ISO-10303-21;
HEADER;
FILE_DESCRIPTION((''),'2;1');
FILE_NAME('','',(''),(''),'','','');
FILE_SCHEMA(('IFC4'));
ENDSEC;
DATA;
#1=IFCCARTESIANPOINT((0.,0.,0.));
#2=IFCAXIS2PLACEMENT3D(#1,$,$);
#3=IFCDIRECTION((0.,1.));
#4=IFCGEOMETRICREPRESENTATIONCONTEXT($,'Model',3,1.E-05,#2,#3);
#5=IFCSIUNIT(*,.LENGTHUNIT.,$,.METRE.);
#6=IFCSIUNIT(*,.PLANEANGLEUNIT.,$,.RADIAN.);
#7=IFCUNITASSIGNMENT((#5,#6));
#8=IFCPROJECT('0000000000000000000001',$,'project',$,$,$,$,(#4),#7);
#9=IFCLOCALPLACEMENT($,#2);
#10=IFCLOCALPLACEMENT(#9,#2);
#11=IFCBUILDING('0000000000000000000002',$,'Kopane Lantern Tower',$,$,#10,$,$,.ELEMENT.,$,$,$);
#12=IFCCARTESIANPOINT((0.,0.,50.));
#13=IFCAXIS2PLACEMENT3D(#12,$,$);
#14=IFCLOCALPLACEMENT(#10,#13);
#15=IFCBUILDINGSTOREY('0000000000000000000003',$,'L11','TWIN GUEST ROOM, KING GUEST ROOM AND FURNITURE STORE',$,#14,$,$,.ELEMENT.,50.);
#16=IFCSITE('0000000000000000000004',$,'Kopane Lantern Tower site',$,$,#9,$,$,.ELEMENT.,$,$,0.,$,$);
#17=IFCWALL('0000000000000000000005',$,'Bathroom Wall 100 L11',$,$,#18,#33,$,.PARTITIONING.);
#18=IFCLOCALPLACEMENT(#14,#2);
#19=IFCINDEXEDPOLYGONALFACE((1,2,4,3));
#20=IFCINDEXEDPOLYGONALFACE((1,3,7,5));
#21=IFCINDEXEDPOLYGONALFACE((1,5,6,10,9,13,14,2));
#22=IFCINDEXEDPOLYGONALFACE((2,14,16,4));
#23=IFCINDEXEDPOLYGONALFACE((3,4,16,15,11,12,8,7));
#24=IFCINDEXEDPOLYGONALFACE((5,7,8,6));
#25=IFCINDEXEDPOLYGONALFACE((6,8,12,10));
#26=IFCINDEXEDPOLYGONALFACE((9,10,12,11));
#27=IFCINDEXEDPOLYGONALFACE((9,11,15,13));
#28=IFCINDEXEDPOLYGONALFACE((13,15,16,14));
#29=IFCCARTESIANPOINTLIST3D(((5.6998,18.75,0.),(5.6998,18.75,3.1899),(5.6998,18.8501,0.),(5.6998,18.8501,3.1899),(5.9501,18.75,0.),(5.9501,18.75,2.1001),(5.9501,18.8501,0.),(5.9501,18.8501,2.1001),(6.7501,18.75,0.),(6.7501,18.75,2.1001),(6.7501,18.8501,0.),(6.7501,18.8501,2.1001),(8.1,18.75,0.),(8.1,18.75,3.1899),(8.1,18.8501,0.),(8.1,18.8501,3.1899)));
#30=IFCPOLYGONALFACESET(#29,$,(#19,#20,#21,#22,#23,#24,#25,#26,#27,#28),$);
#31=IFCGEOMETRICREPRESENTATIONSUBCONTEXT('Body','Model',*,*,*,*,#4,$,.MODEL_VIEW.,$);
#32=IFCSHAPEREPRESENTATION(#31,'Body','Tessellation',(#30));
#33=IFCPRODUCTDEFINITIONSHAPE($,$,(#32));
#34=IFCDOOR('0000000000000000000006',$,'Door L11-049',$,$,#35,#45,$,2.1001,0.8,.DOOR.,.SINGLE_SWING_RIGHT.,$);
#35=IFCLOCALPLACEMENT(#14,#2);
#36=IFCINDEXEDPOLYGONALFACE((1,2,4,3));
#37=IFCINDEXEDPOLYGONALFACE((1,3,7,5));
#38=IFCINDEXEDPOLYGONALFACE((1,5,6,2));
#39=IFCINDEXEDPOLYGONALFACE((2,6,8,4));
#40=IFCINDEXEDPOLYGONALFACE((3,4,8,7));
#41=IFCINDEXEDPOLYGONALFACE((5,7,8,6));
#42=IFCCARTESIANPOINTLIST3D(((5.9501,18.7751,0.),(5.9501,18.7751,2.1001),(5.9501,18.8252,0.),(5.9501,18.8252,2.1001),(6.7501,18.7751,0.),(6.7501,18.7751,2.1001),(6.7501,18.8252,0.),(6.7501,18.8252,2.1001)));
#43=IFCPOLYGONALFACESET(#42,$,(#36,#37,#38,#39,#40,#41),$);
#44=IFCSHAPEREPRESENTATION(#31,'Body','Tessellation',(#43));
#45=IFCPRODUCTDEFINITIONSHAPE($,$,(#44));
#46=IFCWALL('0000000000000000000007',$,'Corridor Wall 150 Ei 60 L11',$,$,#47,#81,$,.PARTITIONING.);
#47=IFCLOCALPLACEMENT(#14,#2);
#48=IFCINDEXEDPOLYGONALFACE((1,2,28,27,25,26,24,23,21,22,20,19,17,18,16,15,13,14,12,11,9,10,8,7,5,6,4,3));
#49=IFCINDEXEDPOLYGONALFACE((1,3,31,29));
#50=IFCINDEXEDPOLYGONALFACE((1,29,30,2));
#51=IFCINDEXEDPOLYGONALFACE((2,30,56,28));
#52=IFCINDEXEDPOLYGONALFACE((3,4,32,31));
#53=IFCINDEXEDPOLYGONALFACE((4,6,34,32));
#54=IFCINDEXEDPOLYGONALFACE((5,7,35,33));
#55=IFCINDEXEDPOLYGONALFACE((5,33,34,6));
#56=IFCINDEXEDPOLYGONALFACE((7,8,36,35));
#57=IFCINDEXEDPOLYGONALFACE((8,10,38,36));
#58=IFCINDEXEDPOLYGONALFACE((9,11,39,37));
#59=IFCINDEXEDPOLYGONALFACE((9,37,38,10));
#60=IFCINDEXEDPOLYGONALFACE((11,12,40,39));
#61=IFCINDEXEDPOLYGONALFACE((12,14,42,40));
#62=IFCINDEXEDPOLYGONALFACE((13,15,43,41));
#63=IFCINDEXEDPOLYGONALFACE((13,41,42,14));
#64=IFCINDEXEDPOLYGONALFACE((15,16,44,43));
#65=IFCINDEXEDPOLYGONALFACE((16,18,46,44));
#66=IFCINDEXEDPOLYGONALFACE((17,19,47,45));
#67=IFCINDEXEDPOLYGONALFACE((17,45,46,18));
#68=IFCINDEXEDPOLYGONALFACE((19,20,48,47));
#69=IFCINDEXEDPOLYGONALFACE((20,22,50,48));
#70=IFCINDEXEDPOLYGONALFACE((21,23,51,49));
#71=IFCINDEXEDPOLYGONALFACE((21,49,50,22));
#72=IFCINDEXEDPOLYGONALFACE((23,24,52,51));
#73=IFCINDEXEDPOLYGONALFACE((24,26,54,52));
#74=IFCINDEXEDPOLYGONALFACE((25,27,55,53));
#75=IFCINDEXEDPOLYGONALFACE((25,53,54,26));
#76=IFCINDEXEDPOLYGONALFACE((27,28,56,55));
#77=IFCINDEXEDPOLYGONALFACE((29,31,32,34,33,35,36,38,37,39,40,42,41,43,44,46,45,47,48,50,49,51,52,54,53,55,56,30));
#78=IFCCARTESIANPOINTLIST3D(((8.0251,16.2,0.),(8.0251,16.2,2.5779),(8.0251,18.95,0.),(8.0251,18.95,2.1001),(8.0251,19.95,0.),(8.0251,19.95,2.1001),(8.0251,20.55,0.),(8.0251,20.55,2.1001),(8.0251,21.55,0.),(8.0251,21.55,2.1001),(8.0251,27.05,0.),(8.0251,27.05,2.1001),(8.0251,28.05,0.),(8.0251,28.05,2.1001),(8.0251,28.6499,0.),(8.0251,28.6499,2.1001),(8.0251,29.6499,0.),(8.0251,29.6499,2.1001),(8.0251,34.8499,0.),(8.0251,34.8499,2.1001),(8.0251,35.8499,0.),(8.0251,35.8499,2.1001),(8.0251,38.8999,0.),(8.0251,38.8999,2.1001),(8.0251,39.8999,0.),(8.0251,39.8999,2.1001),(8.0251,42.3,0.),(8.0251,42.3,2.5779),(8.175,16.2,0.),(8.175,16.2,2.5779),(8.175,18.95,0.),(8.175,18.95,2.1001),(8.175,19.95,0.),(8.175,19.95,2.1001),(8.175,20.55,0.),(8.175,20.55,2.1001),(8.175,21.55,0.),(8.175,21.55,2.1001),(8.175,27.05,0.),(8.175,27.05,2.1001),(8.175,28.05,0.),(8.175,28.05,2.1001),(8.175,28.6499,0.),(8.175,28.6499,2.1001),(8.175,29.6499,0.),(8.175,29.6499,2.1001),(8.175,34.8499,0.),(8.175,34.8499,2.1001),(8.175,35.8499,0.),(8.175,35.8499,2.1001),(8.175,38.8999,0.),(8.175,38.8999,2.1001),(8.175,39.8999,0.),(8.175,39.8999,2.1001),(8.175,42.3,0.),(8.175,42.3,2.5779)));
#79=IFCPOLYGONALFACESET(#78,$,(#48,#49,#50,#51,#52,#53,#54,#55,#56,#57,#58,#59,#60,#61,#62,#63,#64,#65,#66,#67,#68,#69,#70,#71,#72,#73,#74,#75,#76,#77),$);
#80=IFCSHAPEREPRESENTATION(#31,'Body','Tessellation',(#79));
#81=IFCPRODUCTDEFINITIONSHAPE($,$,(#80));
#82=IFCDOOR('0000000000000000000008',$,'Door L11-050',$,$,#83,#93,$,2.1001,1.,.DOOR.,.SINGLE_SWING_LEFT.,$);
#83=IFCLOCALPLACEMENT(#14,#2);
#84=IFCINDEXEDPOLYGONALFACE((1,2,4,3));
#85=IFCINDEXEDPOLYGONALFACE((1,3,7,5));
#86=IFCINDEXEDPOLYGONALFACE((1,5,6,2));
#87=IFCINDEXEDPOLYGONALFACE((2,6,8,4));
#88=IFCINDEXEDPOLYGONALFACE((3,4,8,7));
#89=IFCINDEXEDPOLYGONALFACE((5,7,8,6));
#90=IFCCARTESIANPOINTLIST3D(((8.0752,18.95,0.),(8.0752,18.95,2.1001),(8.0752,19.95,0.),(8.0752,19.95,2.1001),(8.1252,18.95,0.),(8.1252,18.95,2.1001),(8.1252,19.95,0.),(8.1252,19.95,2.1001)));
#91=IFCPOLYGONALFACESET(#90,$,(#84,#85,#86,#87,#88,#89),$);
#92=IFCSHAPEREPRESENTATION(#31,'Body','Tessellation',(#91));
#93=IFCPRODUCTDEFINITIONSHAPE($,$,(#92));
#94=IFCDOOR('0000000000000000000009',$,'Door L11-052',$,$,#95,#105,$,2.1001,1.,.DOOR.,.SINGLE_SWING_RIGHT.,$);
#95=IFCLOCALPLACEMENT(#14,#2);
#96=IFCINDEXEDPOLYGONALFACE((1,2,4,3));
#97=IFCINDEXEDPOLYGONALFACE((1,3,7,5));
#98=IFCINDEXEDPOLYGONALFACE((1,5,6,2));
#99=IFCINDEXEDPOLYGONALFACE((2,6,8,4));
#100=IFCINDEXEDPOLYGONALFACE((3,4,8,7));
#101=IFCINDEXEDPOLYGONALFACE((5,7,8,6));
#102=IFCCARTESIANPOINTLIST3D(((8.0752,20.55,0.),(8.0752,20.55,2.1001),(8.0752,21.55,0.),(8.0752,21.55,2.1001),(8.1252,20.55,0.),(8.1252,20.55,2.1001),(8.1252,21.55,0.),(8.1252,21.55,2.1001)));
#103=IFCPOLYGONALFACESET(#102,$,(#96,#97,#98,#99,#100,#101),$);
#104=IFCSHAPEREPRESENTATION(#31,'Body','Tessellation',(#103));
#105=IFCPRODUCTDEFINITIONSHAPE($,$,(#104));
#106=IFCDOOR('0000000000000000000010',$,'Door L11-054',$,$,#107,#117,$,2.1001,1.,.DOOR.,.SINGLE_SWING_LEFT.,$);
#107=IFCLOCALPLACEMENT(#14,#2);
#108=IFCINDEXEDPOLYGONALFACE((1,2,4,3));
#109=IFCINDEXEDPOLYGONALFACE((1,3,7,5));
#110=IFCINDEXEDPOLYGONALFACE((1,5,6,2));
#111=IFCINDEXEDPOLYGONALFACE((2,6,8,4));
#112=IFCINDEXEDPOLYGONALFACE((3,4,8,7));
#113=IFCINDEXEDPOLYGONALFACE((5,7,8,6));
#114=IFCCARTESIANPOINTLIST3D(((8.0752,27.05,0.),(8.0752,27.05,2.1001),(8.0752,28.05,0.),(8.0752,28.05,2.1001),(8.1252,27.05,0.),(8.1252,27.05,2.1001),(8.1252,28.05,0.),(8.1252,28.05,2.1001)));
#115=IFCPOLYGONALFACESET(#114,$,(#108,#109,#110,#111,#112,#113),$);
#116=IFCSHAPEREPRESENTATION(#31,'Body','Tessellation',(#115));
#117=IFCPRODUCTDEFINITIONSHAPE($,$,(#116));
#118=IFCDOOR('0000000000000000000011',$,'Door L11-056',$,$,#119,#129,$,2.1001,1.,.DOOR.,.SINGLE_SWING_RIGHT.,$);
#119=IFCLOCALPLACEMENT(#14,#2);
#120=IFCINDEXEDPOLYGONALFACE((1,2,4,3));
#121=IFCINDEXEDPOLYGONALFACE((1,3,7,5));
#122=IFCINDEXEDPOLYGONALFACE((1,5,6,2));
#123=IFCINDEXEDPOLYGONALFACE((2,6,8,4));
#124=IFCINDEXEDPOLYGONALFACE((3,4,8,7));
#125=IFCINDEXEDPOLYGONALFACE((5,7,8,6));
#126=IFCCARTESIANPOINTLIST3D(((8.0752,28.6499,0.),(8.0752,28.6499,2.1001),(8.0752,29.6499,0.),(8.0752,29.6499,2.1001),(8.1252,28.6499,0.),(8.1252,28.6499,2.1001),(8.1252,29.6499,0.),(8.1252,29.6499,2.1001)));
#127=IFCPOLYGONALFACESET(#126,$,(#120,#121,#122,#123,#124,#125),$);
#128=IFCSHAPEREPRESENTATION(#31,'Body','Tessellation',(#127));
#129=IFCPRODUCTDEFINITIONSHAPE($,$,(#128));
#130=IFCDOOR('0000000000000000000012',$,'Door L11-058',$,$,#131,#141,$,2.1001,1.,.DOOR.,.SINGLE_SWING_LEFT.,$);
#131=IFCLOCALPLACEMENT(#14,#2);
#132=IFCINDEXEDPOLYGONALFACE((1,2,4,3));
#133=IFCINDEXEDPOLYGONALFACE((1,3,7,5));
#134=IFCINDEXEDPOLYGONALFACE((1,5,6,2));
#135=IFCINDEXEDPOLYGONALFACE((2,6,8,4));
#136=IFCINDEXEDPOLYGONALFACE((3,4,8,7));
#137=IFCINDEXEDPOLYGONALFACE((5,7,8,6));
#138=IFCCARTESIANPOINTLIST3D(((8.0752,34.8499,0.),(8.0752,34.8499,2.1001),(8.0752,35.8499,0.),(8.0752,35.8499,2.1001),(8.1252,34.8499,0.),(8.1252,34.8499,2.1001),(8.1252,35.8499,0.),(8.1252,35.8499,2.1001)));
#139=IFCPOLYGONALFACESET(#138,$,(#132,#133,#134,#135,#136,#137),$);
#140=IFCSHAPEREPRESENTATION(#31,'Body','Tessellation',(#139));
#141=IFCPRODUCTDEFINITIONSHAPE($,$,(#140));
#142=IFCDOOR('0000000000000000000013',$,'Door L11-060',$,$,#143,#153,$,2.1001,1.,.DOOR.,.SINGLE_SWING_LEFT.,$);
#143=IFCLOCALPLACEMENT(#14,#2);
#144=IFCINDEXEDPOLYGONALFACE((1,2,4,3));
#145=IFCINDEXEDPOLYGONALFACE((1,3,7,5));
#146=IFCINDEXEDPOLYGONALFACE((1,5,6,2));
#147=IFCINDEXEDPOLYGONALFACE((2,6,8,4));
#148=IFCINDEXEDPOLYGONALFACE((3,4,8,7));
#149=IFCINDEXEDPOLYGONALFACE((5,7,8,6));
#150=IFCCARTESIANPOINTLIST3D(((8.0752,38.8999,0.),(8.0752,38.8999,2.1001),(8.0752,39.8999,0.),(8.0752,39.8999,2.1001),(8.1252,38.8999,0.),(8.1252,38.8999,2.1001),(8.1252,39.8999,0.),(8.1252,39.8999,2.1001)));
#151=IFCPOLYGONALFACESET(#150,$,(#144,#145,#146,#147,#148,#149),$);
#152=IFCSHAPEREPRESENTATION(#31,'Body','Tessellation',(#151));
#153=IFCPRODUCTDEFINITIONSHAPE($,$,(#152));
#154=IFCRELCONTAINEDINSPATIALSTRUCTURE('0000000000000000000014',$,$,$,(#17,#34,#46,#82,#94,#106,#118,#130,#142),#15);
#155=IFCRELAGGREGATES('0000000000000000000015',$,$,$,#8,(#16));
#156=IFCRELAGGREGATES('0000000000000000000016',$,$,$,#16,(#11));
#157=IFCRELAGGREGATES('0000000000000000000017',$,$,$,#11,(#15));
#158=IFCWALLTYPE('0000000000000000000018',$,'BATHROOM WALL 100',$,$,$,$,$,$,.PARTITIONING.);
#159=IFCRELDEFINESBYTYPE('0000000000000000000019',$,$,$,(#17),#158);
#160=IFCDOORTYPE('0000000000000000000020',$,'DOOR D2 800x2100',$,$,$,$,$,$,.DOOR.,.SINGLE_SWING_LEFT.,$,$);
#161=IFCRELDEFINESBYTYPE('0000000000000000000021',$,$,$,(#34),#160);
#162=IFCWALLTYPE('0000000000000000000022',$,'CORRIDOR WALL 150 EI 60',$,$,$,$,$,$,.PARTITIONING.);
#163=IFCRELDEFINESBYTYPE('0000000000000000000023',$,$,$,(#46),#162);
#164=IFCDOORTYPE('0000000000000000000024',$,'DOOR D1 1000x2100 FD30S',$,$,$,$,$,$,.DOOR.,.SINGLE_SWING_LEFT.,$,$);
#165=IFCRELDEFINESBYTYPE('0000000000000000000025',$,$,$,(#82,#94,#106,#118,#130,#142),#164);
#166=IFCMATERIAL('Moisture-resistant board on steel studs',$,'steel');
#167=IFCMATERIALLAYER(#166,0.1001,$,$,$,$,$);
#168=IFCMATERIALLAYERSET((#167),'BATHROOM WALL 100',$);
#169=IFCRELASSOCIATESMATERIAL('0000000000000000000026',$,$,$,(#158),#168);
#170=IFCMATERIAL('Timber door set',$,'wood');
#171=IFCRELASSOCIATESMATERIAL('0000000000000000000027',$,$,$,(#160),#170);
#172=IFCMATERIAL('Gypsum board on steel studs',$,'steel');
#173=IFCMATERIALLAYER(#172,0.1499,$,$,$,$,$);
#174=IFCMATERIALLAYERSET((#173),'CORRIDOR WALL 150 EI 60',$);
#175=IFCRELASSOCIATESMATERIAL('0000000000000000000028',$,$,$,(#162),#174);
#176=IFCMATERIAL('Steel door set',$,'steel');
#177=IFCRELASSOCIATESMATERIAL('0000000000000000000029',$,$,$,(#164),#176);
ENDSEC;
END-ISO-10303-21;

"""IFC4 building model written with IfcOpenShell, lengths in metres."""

from ifc_helpers import new_model, si_unit, direction, frame, frame_2d, origin, place, context, subcontext, project, spatial, rectangle, extrude, material, layer, layer_set, type_object, element, fill, save


model = new_model("IFC4")

# Units and contexts
model_context = context("Model", 3, precision=1e-05, world=origin(), true_north=direction((0.0, 1.0)))
body_context = subcontext(model_context, "Body", "Model", "MODEL_VIEW")
ifc_project = project(units=[si_unit("LENGTHUNIT", "METRE"), si_unit("PLANEANGLEUNIT", "RADIAN")], contexts=[model_context])

# Site, building, storey
site_placement = place(None, origin())
site = spatial("IfcSite", under=ifc_project, at=site_placement, Name="Kopane Lantern Tower site", CompositionType="ELEMENT", RefElevation=0.0)
building_placement = place(site_placement, origin())
building = spatial("IfcBuilding", under=site, at=building_placement, Name="Kopane Lantern Tower", CompositionType="ELEMENT")
storey_placement = place(building_placement, frame((0.0, 0.0, 50.0)))
storey = spatial("IfcBuildingStorey", under=building, at=storey_placement, Name="L11", Description="TWIN GUEST ROOM, KING GUEST ROOM AND FURNITURE STORE", CompositionType="ELEMENT", Elevation=50.0)

# Wall, opening, door
ifc_material_1 = material(Name="Moisture-resistant board on steel studs", Category="steel")
ifc_layer_1 = layer(ifc_material_1, 0.1001)
ifc_layer_set_1 = layer_set([ifc_layer_1], Name="BATHROOM WALL 100")
wall_type_1 = type_object("IfcWallType", Name="BATHROOM WALL 100", PredefinedType="PARTITIONING", material=ifc_layer_set_1)
wall_1_placement = place(storey_placement, frame((8.1001, 18.8, 0.0), z_axis=(0.0, 0.0, 1.0), x_axis=(-1.0, 0.0, 0.0)))
wall_1 = element("IfcWall", 1, at=wall_1_placement, inside=storey, type_object=wall_type_1, Name="Bathroom Wall 100 L11", PredefinedType="PARTITIONING", context=body_context, shape_type="SweptSolid", body=[
    extrude(rectangle(XDim=2.4001, YDim=0.1001, at=frame_2d((1.2002, 0.0))), origin(), (0.0, 0.0, 1.0), 3.1899),
])
opening_1_placement = place(wall_1_placement, frame((1.3501, 0.0, 0.0)))
opening_1 = element("IfcOpeningElement", 2, at=opening_1_placement, cuts=wall_1, PredefinedType="OPENING", context=body_context, shape_type="SweptSolid", body=[
    extrude(rectangle(XDim=0.8, YDim=2.1001, at=frame_2d((0.3999, 1.05))), frame((0.0, 0.0601, 0.0), z_axis=(0.0, -1.0, 0.0), x_axis=(1.0, 0.0, 0.0)), (0.0, 0.0, 1.0), 0.1201),
])
ifc_material_2 = material(Name="Timber door set", Category="wood")
door_type_1 = type_object("IfcDoorType", Name="DOOR D2 800x2100", OperationType="SINGLE_SWING_LEFT", PredefinedType="DOOR", material=ifc_material_2)
door_1_placement = place(opening_1_placement, origin())
door_1 = element("IfcDoor", 3, at=door_1_placement, inside=storey, type_object=door_type_1, Name="Door L11-049", OperationType="SINGLE_SWING_RIGHT", OverallHeight=2.1001, OverallWidth=0.8, PredefinedType="DOOR", context=body_context, shape_type="SweptSolid", body=[
    extrude(rectangle(XDim=0.8, YDim=2.1001, at=frame_2d((0.3999, 1.05))), frame((0.0, 0.0249, 0.0), z_axis=(0.0, -1.0, 0.0), x_axis=(1.0, 0.0, 0.0)), (0.0, 0.0, 1.0), 0.05),
])
fill(opening_1, door_1)

# Wall, openings, doors
ifc_material_3 = material(Name="Gypsum board on steel studs", Category="steel")
ifc_layer_2 = layer(ifc_material_3, 0.1499)
ifc_layer_set_2 = layer_set([ifc_layer_2], Name="CORRIDOR WALL 150 EI 60")
wall_type_2 = type_object("IfcWallType", Name="CORRIDOR WALL 150 EI 60", PredefinedType="PARTITIONING", material=ifc_layer_set_2)
ifc_material_4 = material(Name="Steel door set", Category="steel")
door_type_2 = type_object("IfcDoorType", Name="DOOR D1 1000x2100 FD30S", OperationType="SINGLE_SWING_LEFT", PredefinedType="DOOR", material=ifc_material_4)
wall_2_placement = place(storey_placement, frame((8.1001, 16.2, 0.0), z_axis=(0.0, 0.0, 1.0), x_axis=(0.0, 1.0, 0.0)))
wall_2 = element("IfcWall", 4, at=wall_2_placement, inside=storey, type_object=wall_type_2, Name="Corridor Wall 150 Ei 60 L11", PredefinedType="PARTITIONING", context=body_context, shape_type="SweptSolid", body=[
    extrude(rectangle(XDim=26.1001, YDim=0.1499, at=frame_2d((13.05, 0.0))), origin(), (0.0, 0.0, 1.0), 2.5779),
])
opening_2_placement = place(wall_2_placement, frame((2.75, 0.0, 0.0)))
opening_2 = element("IfcOpeningElement", 5, at=opening_2_placement, cuts=wall_2, PredefinedType="OPENING", context=body_context, shape_type="SweptSolid", body=[
    extrude(rectangle(XDim=1.0, YDim=2.1001, at=frame_2d((0.5, 1.05))), frame((0.0, 0.085, 0.0), z_axis=(0.0, -1.0, 0.0), x_axis=(1.0, 0.0, 0.0)), (0.0, 0.0, 1.0), 0.1699),
])
opening_3_placement = place(wall_2_placement, frame((4.3501, 0.0, 0.0)))
opening_3 = element("IfcOpeningElement", 6, at=opening_3_placement, cuts=wall_2, PredefinedType="OPENING", context=body_context, shape_type="SweptSolid", body=[
    extrude(rectangle(XDim=1.0, YDim=2.1001, at=frame_2d((0.5, 1.05))), frame((0.0, 0.085, 0.0), z_axis=(0.0, -1.0, 0.0), x_axis=(1.0, 0.0, 0.0)), (0.0, 0.0, 1.0), 0.1699),
])
opening_4_placement = place(wall_2_placement, frame((10.8501, 0.0, 0.0)))
opening_4 = element("IfcOpeningElement", 7, at=opening_4_placement, cuts=wall_2, PredefinedType="OPENING", context=body_context, shape_type="SweptSolid", body=[
    extrude(rectangle(XDim=1.0, YDim=2.1001, at=frame_2d((0.5, 1.05))), frame((0.0, 0.085, 0.0), z_axis=(0.0, -1.0, 0.0), x_axis=(1.0, 0.0, 0.0)), (0.0, 0.0, 1.0), 0.1699),
])
opening_5_placement = place(wall_2_placement, frame((12.45, 0.0, 0.0)))
opening_5 = element("IfcOpeningElement", 8, at=opening_5_placement, cuts=wall_2, PredefinedType="OPENING", context=body_context, shape_type="SweptSolid", body=[
    extrude(rectangle(XDim=1.0, YDim=2.1001, at=frame_2d((0.5, 1.05))), frame((0.0, 0.085, 0.0), z_axis=(0.0, -1.0, 0.0), x_axis=(1.0, 0.0, 0.0)), (0.0, 0.0, 1.0), 0.1699),
])
opening_6_placement = place(wall_2_placement, frame((18.6499, 0.0, 0.0)))
opening_6 = element("IfcOpeningElement", 9, at=opening_6_placement, cuts=wall_2, PredefinedType="OPENING", context=body_context, shape_type="SweptSolid", body=[
    extrude(rectangle(XDim=1.0, YDim=2.1001, at=frame_2d((0.5, 1.05))), frame((0.0, 0.085, 0.0), z_axis=(0.0, -1.0, 0.0), x_axis=(1.0, 0.0, 0.0)), (0.0, 0.0, 1.0), 0.1699),
])
opening_7_placement = place(wall_2_placement, frame((22.7, 0.0, 0.0)))
opening_7 = element("IfcOpeningElement", 10, at=opening_7_placement, cuts=wall_2, PredefinedType="OPENING", context=body_context, shape_type="SweptSolid", body=[
    extrude(rectangle(XDim=1.0, YDim=2.1001, at=frame_2d((0.5, 1.05))), frame((0.0, 0.085, 0.0), z_axis=(0.0, -1.0, 0.0), x_axis=(1.0, 0.0, 0.0)), (0.0, 0.0, 1.0), 0.1699),
])
door_2_placement = place(opening_2_placement, origin())
door_2 = element("IfcDoor", 11, at=door_2_placement, inside=storey, type_object=door_type_2, Name="Door L11-050", OperationType="SINGLE_SWING_LEFT", OverallHeight=2.1001, OverallWidth=1.0, PredefinedType="DOOR", context=body_context, shape_type="SweptSolid", body=[
    extrude(rectangle(XDim=1.0, YDim=2.1001, at=frame_2d((0.5, 1.05))), frame((0.0, 0.0249, 0.0), z_axis=(0.0, -1.0, 0.0), x_axis=(1.0, 0.0, 0.0)), (0.0, 0.0, 1.0), 0.05),
])
fill(opening_2, door_2)
door_3_placement = place(opening_3_placement, origin())
door_3 = element("IfcDoor", 12, at=door_3_placement, inside=storey, type_object=door_type_2, Name="Door L11-052", OperationType="SINGLE_SWING_RIGHT", OverallHeight=2.1001, OverallWidth=1.0, PredefinedType="DOOR", context=body_context, shape_type="SweptSolid", body=[
    extrude(rectangle(XDim=1.0, YDim=2.1001, at=frame_2d((0.5, 1.05))), frame((0.0, 0.0249, 0.0), z_axis=(0.0, -1.0, 0.0), x_axis=(1.0, 0.0, 0.0)), (0.0, 0.0, 1.0), 0.05),
])
fill(opening_3, door_3)
door_4_placement = place(opening_4_placement, origin())
door_4 = element("IfcDoor", 13, at=door_4_placement, inside=storey, type_object=door_type_2, Name="Door L11-054", OperationType="SINGLE_SWING_LEFT", OverallHeight=2.1001, OverallWidth=1.0, PredefinedType="DOOR", context=body_context, shape_type="SweptSolid", body=[
    extrude(rectangle(XDim=1.0, YDim=2.1001, at=frame_2d((0.5, 1.05))), frame((0.0, 0.0249, 0.0), z_axis=(0.0, -1.0, 0.0), x_axis=(1.0, 0.0, 0.0)), (0.0, 0.0, 1.0), 0.05),
])
fill(opening_4, door_4)
door_5_placement = place(opening_5_placement, origin())
door_5 = element("IfcDoor", 14, at=door_5_placement, inside=storey, type_object=door_type_2, Name="Door L11-056", OperationType="SINGLE_SWING_RIGHT", OverallHeight=2.1001, OverallWidth=1.0, PredefinedType="DOOR", context=body_context, shape_type="SweptSolid", body=[
    extrude(rectangle(XDim=1.0, YDim=2.1001, at=frame_2d((0.5, 1.05))), frame((0.0, 0.0249, 0.0), z_axis=(0.0, -1.0, 0.0), x_axis=(1.0, 0.0, 0.0)), (0.0, 0.0, 1.0), 0.05),
])
fill(opening_5, door_5)
door_6_placement = place(opening_6_placement, origin())
door_6 = element("IfcDoor", 15, at=door_6_placement, inside=storey, type_object=door_type_2, Name="Door L11-058", OperationType="SINGLE_SWING_LEFT", OverallHeight=2.1001, OverallWidth=1.0, PredefinedType="DOOR", context=body_context, shape_type="SweptSolid", body=[
    extrude(rectangle(XDim=1.0, YDim=2.1001, at=frame_2d((0.5, 1.05))), frame((0.0, 0.0249, 0.0), z_axis=(0.0, -1.0, 0.0), x_axis=(1.0, 0.0, 0.0)), (0.0, 0.0, 1.0), 0.05),
])
fill(opening_6, door_6)
door_7_placement = place(opening_7_placement, origin())
door_7 = element("IfcDoor", 16, at=door_7_placement, inside=storey, type_object=door_type_2, Name="Door L11-060", OperationType="SINGLE_SWING_LEFT", OverallHeight=2.1001, OverallWidth=1.0, PredefinedType="DOOR", context=body_context, shape_type="SweptSolid", body=[
    extrude(rectangle(XDim=1.0, YDim=2.1001, at=frame_2d((0.5, 1.05))), frame((0.0, 0.0249, 0.0), z_axis=(0.0, -1.0, 0.0), x_axis=(1.0, 0.0, 0.0)), (0.0, 0.0, 1.0), 0.05),
])
fill(opening_7, door_7)

save(model, "model.ifc")
